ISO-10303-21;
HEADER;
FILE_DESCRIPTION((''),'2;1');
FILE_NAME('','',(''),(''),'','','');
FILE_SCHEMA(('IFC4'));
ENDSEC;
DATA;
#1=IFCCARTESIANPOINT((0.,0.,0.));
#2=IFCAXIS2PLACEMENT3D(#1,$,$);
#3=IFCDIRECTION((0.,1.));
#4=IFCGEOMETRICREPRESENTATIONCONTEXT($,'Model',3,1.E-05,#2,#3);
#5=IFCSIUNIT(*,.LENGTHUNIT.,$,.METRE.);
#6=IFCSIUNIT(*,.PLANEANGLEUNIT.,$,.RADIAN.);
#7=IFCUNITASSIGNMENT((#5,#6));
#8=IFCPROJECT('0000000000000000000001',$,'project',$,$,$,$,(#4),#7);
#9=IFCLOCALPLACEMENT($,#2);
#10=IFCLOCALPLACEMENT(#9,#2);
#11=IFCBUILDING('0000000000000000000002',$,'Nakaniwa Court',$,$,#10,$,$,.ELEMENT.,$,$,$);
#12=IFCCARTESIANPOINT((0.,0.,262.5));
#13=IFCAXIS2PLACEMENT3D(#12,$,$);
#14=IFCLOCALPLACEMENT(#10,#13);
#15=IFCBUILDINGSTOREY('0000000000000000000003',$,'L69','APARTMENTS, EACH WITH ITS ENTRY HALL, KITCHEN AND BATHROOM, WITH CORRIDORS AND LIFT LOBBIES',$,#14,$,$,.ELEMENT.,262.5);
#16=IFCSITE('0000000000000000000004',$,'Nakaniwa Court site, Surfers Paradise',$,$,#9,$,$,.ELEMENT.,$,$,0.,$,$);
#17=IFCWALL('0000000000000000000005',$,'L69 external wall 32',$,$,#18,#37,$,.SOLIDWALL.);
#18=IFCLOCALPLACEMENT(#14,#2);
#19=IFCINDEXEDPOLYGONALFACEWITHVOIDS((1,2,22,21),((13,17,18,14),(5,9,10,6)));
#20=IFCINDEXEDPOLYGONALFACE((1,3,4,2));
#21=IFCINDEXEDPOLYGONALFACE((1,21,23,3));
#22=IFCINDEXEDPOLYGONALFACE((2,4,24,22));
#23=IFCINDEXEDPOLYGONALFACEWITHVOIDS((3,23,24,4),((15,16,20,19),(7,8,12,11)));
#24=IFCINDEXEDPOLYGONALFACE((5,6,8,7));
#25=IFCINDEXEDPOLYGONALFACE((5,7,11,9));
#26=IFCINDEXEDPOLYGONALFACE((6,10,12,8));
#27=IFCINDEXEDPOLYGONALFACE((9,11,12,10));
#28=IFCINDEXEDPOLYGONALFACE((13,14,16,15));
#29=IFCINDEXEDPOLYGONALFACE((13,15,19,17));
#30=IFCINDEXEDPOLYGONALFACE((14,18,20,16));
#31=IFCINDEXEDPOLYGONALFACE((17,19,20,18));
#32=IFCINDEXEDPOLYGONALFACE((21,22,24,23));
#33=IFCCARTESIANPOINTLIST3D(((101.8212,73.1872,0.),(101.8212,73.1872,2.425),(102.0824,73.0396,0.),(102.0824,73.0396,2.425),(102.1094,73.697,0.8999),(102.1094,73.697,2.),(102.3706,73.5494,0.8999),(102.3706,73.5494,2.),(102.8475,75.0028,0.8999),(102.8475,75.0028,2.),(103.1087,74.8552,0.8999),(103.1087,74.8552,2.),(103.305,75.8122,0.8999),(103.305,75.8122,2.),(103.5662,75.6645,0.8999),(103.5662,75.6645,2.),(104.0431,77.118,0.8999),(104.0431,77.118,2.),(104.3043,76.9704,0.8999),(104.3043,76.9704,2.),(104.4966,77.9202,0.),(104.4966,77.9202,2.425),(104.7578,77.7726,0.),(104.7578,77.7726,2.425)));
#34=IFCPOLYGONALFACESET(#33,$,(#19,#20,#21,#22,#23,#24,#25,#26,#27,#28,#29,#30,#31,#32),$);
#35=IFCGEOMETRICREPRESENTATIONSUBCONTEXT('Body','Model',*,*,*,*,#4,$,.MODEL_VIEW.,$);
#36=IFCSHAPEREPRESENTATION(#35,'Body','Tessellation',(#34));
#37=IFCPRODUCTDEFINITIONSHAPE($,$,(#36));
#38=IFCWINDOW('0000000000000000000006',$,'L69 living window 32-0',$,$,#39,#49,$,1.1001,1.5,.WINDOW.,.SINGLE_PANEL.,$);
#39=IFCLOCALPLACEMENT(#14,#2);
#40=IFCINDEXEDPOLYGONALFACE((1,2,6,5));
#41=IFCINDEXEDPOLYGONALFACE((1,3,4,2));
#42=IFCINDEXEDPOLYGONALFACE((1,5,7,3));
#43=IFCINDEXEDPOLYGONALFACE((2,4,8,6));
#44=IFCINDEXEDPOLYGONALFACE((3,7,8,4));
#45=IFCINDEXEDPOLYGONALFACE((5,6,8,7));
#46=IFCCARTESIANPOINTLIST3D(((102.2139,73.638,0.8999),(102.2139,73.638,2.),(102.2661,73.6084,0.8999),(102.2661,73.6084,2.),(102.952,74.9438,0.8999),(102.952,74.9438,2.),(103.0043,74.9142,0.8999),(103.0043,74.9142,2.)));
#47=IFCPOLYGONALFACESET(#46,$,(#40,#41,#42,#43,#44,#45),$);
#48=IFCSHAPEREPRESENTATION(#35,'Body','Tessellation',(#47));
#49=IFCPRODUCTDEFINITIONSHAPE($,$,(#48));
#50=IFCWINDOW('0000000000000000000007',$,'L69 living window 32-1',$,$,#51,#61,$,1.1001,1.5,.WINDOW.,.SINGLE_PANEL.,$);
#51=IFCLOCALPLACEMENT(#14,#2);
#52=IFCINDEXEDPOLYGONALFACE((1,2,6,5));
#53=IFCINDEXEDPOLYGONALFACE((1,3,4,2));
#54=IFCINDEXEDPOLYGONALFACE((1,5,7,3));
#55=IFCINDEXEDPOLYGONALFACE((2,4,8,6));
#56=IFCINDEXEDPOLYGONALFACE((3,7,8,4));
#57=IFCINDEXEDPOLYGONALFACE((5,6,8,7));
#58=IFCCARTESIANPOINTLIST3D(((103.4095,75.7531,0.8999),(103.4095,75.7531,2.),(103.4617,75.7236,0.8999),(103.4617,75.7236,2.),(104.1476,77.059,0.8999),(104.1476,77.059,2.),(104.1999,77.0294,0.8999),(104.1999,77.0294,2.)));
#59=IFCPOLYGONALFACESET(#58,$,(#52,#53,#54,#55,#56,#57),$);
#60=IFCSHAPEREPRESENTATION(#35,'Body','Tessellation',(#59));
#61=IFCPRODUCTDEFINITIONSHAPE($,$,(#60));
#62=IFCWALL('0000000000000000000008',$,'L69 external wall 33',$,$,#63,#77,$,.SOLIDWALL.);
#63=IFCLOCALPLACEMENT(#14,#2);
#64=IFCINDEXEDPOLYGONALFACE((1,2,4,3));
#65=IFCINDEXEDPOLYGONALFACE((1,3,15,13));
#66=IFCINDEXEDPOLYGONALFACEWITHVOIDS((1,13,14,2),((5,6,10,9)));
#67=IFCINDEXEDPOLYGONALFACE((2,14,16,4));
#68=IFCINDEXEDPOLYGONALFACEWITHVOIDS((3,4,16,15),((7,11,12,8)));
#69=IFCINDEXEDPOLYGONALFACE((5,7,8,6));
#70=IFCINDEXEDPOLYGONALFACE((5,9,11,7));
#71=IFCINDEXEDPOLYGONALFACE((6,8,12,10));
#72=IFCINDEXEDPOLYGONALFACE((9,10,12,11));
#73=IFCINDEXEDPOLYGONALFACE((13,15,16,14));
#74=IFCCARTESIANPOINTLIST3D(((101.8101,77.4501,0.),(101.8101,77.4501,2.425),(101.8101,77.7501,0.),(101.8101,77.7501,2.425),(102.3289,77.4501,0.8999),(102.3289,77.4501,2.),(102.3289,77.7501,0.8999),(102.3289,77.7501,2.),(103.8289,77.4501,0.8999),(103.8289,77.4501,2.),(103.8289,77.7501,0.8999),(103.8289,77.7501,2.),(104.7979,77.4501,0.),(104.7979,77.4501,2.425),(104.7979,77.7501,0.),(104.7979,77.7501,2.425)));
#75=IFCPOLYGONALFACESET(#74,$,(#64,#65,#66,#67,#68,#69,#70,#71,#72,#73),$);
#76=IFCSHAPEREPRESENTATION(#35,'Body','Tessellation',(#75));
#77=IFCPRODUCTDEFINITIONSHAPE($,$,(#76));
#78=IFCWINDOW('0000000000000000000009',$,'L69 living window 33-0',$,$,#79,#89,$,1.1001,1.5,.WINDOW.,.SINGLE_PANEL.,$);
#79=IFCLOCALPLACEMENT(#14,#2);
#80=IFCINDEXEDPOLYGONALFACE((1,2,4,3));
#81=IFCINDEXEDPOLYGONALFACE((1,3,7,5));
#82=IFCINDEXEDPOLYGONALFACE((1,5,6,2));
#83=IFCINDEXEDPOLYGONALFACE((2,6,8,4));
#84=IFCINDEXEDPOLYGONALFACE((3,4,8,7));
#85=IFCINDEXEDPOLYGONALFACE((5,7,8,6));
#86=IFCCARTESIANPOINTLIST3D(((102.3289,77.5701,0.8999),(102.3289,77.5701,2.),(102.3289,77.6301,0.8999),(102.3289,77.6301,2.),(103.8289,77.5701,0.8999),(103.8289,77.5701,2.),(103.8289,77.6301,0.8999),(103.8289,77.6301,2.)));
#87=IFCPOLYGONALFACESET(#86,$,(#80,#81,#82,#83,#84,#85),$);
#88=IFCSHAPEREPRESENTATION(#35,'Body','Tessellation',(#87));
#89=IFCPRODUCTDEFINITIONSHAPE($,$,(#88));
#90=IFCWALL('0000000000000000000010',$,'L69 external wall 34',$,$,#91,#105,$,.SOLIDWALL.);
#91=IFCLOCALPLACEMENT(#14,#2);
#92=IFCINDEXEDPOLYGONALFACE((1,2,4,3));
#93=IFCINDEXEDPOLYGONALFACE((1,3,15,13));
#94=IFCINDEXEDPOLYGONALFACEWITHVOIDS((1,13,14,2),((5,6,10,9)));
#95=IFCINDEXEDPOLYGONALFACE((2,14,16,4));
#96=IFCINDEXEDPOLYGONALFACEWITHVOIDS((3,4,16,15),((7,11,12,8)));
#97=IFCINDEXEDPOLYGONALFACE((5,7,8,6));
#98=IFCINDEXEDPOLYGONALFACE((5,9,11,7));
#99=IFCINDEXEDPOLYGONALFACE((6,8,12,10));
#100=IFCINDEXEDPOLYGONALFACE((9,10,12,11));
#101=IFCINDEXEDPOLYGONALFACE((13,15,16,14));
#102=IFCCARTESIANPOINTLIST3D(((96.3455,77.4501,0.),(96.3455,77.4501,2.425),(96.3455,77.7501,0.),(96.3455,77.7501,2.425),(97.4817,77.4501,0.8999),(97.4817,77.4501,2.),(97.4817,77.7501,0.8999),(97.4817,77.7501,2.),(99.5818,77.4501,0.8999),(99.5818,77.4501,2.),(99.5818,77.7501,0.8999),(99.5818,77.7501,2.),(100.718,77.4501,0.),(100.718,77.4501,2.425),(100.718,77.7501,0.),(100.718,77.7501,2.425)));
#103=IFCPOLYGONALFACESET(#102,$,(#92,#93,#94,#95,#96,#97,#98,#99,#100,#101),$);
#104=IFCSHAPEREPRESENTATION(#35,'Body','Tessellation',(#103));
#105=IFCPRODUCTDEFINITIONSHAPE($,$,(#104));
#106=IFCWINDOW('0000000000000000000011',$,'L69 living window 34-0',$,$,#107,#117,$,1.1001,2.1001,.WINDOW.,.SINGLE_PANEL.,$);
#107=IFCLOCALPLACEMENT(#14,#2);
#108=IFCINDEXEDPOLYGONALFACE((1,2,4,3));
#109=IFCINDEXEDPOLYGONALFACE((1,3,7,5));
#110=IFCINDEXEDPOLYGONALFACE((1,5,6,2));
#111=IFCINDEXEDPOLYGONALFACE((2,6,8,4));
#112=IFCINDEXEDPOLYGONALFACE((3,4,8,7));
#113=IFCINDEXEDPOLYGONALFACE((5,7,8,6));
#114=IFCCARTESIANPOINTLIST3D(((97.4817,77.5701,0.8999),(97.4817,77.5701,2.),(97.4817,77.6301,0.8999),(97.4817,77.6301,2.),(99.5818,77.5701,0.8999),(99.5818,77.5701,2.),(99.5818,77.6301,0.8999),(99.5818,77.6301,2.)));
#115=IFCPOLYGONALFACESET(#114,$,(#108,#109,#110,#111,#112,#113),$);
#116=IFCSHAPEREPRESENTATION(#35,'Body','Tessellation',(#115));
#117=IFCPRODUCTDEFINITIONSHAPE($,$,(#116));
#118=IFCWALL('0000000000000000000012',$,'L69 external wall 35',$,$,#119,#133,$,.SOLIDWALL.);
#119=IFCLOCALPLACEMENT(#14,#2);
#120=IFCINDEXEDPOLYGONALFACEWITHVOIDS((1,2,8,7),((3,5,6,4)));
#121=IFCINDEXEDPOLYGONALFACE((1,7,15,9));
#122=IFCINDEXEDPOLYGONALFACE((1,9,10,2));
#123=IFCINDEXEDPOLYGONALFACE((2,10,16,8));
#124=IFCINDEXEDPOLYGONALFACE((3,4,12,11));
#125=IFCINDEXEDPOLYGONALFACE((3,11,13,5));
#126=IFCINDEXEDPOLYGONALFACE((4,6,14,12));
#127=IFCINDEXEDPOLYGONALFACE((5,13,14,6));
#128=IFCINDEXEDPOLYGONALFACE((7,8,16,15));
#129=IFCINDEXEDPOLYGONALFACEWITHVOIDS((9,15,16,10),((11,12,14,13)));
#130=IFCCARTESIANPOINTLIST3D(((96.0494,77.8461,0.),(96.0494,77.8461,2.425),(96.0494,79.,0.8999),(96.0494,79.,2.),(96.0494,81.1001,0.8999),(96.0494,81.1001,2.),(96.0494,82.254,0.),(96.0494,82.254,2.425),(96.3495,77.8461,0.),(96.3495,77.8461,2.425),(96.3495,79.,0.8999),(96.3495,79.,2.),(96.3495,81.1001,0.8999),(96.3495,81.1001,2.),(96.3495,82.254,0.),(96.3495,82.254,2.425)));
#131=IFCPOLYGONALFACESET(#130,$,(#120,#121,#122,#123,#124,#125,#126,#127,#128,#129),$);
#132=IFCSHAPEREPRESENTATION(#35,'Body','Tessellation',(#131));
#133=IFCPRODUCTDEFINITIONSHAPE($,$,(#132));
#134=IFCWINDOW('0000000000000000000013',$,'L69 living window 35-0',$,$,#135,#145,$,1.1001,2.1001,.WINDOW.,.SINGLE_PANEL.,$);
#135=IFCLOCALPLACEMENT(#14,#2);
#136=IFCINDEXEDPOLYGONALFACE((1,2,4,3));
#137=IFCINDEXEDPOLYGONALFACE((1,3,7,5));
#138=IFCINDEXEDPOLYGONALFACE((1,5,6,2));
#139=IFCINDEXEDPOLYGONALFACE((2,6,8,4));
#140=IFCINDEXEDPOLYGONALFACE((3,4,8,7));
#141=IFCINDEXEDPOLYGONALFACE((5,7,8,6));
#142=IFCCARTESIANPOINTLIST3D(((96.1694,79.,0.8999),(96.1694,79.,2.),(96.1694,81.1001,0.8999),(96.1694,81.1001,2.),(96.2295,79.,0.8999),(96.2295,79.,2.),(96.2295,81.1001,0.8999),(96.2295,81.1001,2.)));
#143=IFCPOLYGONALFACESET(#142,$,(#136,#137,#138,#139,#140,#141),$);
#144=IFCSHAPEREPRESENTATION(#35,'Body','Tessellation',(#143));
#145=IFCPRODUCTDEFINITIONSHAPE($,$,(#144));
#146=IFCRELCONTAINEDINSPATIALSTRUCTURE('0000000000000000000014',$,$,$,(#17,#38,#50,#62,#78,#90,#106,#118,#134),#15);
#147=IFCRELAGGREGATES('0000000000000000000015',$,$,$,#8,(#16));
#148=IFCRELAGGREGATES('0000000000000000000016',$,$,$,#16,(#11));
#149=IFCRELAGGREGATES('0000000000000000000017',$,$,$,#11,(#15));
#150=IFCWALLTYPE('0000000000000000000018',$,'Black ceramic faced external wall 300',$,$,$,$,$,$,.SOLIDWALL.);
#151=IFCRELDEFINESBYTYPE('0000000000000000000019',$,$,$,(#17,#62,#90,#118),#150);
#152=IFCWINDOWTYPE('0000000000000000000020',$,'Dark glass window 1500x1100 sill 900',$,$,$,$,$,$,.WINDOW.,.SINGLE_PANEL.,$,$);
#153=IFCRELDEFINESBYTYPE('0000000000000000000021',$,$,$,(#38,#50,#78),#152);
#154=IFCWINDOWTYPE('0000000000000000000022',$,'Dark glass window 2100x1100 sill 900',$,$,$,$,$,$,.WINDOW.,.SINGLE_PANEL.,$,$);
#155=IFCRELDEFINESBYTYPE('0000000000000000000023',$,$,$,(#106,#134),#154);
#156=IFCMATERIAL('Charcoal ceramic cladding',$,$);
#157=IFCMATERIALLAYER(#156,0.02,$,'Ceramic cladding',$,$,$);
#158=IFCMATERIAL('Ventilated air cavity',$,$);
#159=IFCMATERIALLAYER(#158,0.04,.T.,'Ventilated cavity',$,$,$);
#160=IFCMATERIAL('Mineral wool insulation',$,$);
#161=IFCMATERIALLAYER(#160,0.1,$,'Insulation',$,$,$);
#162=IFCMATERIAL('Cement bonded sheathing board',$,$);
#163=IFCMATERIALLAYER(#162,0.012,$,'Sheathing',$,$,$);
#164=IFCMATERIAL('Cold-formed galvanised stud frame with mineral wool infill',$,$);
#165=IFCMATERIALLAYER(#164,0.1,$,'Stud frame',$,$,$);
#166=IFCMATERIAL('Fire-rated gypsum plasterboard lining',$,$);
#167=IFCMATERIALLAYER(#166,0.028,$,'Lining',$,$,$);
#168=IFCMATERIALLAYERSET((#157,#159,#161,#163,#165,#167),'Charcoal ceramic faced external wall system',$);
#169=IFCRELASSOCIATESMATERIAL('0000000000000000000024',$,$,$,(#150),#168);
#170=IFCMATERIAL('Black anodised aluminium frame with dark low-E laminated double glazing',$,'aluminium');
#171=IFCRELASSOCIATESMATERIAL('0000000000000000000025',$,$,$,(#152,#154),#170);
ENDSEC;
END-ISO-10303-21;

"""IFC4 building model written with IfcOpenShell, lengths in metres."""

from ifc_helpers import new_model, si_unit, direction, frame, frame_2d, origin, place, context, subcontext, project, spatial, rectangle, extrude, material, layer, layer_set, type_object, element, fill, save


model = new_model("IFC4")

# Units and contexts
model_context = context("Model", 3, precision=1e-05, world=origin(), true_north=direction((0.0, 1.0)))
body_context = subcontext(model_context, "Body", "Model", "MODEL_VIEW")
ifc_project = project(units=[si_unit("LENGTHUNIT", "METRE"), si_unit("PLANEANGLEUNIT", "RADIAN")], contexts=[model_context])

# Site, building, storey
site_placement = place(None, origin())
site = spatial("IfcSite", under=ifc_project, at=site_placement, Name="Nakaniwa Court site, Surfers Paradise", CompositionType="ELEMENT", RefElevation=0.0)
building_placement = place(site_placement, origin())
building = spatial("IfcBuilding", under=site, at=building_placement, Name="Nakaniwa Court", CompositionType="ELEMENT")
storey_placement = place(building_placement, frame((0.0, 0.0, 262.5)))
storey = spatial("IfcBuildingStorey", under=building, at=storey_placement, Name="L69", Description="APARTMENTS, EACH WITH ITS ENTRY HALL, KITCHEN AND BATHROOM, WITH CORRIDORS AND LIFT LOBBIES", CompositionType="ELEMENT", Elevation=262.5)

# Shared definitions
ifc_material_1 = material(Name="Charcoal ceramic cladding")
ifc_layer_1 = layer(ifc_material_1, 0.02, Name="Ceramic cladding")
ifc_material_2 = material(Name="Ventilated air cavity")
ifc_layer_2 = layer(ifc_material_2, 0.04, ventilated=True, Name="Ventilated cavity")
ifc_material_3 = material(Name="Mineral wool insulation")
ifc_layer_3 = layer(ifc_material_3, 0.1, Name="Insulation")
ifc_material_4 = material(Name="Cement bonded sheathing board")
ifc_layer_4 = layer(ifc_material_4, 0.012, Name="Sheathing")
ifc_material_5 = material(Name="Cold-formed galvanised stud frame with mineral wool infill")
ifc_layer_5 = layer(ifc_material_5, 0.1, Name="Stud frame")
ifc_material_6 = material(Name="Fire-rated gypsum plasterboard lining")
ifc_layer_6 = layer(ifc_material_6, 0.028, Name="Lining")
ifc_layer_set_1 = layer_set([ifc_layer_1, ifc_layer_2, ifc_layer_3, ifc_layer_4, ifc_layer_5, ifc_layer_6], Name="Charcoal ceramic faced external wall system")
wall_type_1 = type_object("IfcWallType", Name="Black ceramic faced external wall 300", PredefinedType="SOLIDWALL", material=ifc_layer_set_1)

# Wall, openings, windows
wall_1_placement = place(storey_placement, frame((101.9519, 73.1135, 0.0), z_axis=(0.0, 0.0, 1.0), x_axis=(0.492081, 0.870549, 0.0)))
wall_1 = element("IfcWall", 1, at=wall_1_placement, inside=storey, type_object=wall_type_1, Name="L69 external wall 32", PredefinedType="SOLIDWALL", context=body_context, shape_type="SweptSolid", body=[
    extrude(rectangle(XDim=5.4368, YDim=0.3, at=frame_2d((2.7183, 0.0))), origin(), (0.0, 0.0, 1.0), 2.425),
])
opening_1_placement = place(wall_1_placement, frame((0.5854, 0.0, 0.8999)))
opening_1 = element("IfcOpeningElement", 2, at=opening_1_placement, cuts=wall_1, PredefinedType="OPENING", context=body_context, shape_type="SweptSolid", body=[
    extrude(rectangle(XDim=1.5, YDim=1.1001, at=frame_2d((0.75, 0.55))), frame((0.0, 0.1599, 0.0), z_axis=(0.0, -1.0, 0.0), x_axis=(1.0, 0.0, 0.0)), (0.0, 0.0, 1.0), 0.3201),
])
opening_2_placement = place(wall_1_placement, frame((3.0151, 0.0, 0.8999)))
opening_2 = element("IfcOpeningElement", 3, at=opening_2_placement, cuts=wall_1, PredefinedType="OPENING", context=body_context, shape_type="SweptSolid", body=[
    extrude(rectangle(XDim=1.5, YDim=1.1001, at=frame_2d((0.75, 0.55))), frame((0.0, 0.1599, 0.0), z_axis=(0.0, -1.0, 0.0), x_axis=(1.0, 0.0, 0.0)), (0.0, 0.0, 1.0), 0.3201),
])
ifc_material_7 = material(Name="Black anodised aluminium frame with dark low-E laminated double glazing", Category="aluminium")
window_type_1 = type_object("IfcWindowType", Name="Dark glass window 1500x1100 sill 900", PartitioningType="SINGLE_PANEL", PredefinedType="WINDOW", material=ifc_material_7)
window_1_placement = place(opening_1_placement, origin())
window_1 = element("IfcWindow", 4, at=window_1_placement, inside=storey, type_object=window_type_1, Name="L69 living window 32-0", OverallHeight=1.1001, OverallWidth=1.5, PartitioningType="SINGLE_PANEL", PredefinedType="WINDOW", context=body_context, shape_type="SweptSolid", body=[
    extrude(rectangle(XDim=1.5, YDim=1.1001, at=frame_2d((0.75, 0.55))), frame((0.0, 0.03, 0.0), z_axis=(0.0, -1.0, 0.0), x_axis=(1.0, 0.0, 0.0)), (0.0, 0.0, 1.0), 0.0601),
])
fill(opening_1, window_1)
window_2_placement = place(opening_2_placement, origin())
window_2 = element("IfcWindow", 5, at=window_2_placement, inside=storey, type_object=window_type_1, Name="L69 living window 32-1", OverallHeight=1.1001, OverallWidth=1.5, PartitioningType="SINGLE_PANEL", PredefinedType="WINDOW", context=body_context, shape_type="SweptSolid", body=[
    extrude(rectangle(XDim=1.5, YDim=1.1001, at=frame_2d((0.75, 0.55))), frame((0.0, 0.03, 0.0), z_axis=(0.0, -1.0, 0.0), x_axis=(1.0, 0.0, 0.0)), (0.0, 0.0, 1.0), 0.0601),
])
fill(opening_2, window_2)

# Walls, openings, windows
wall_2_placement = place(storey_placement, frame((104.7979, 77.6001, 0.0), z_axis=(0.0, 0.0, 1.0), x_axis=(-1.0, 0.0, 0.0)))
wall_2 = element("IfcWall", 6, at=wall_2_placement, inside=storey, type_object=wall_type_1, Name="L69 external wall 33", PredefinedType="SOLIDWALL", context=body_context, shape_type="SweptSolid", body=[
    extrude(rectangle(XDim=2.9878, YDim=0.3, at=frame_2d((1.4939, 0.0))), origin(), (0.0, 0.0, 1.0), 2.425),
])
opening_3_placement = place(wall_2_placement, frame((0.969, 0.0, 0.8999)))
opening_3 = element("IfcOpeningElement", 7, at=opening_3_placement, cuts=wall_2, PredefinedType="OPENING", context=body_context, shape_type="SweptSolid", body=[
    extrude(rectangle(XDim=1.5, YDim=1.1001, at=frame_2d((0.75, 0.55))), frame((0.0, 0.1599, 0.0), z_axis=(0.0, -1.0, 0.0), x_axis=(1.0, 0.0, 0.0)), (0.0, 0.0, 1.0), 0.3201),
])
window_3_placement = place(opening_3_placement, origin())
window_3 = element("IfcWindow", 8, at=window_3_placement, inside=storey, type_object=window_type_1, Name="L69 living window 33-0", OverallHeight=1.1001, OverallWidth=1.5, PartitioningType="SINGLE_PANEL", PredefinedType="WINDOW", context=body_context, shape_type="SweptSolid", body=[
    extrude(rectangle(XDim=1.5, YDim=1.1001, at=frame_2d((0.75, 0.55))), frame((0.0, 0.03, 0.0), z_axis=(0.0, -1.0, 0.0), x_axis=(1.0, 0.0, 0.0)), (0.0, 0.0, 1.0), 0.0601),
])
fill(opening_3, window_3)
wall_3_placement = place(storey_placement, frame((100.718, 77.6001, 0.0), z_axis=(0.0, 0.0, 1.0), x_axis=(-1.0, 0.0, 0.0)))
wall_3 = element("IfcWall", 9, at=wall_3_placement, inside=storey, type_object=wall_type_1, Name="L69 external wall 34", PredefinedType="SOLIDWALL", context=body_context, shape_type="SweptSolid", body=[
    extrude(rectangle(XDim=4.3726, YDim=0.3, at=frame_2d((2.1863, 0.0))), origin(), (0.0, 0.0, 1.0), 2.425),
])
opening_4_placement = place(wall_3_placement, frame((1.1362, 0.0, 0.8999)))
opening_4 = element("IfcOpeningElement", 10, at=opening_4_placement, cuts=wall_3, PredefinedType="OPENING", context=body_context, shape_type="SweptSolid", body=[
    extrude(rectangle(XDim=2.1001, YDim=1.1001, at=frame_2d((1.05, 0.55))), frame((0.0, 0.1599, 0.0), z_axis=(0.0, -1.0, 0.0), x_axis=(1.0, 0.0, 0.0)), (0.0, 0.0, 1.0), 0.3201),
])
window_type_2 = type_object("IfcWindowType", Name="Dark glass window 2100x1100 sill 900", PartitioningType="SINGLE_PANEL", PredefinedType="WINDOW", material=ifc_material_7)
window_4_placement = place(opening_4_placement, origin())
window_4 = element("IfcWindow", 11, at=window_4_placement, inside=storey, type_object=window_type_2, Name="L69 living window 34-0", OverallHeight=1.1001, OverallWidth=2.1001, PartitioningType="SINGLE_PANEL", PredefinedType="WINDOW", context=body_context, shape_type="SweptSolid", body=[
    extrude(rectangle(XDim=2.1001, YDim=1.1001, at=frame_2d((1.05, 0.55))), frame((0.0, 0.03, 0.0), z_axis=(0.0, -1.0, 0.0), x_axis=(1.0, 0.0, 0.0)), (0.0, 0.0, 1.0), 0.0601),
])
fill(opening_4, window_4)
wall_4_placement = place(storey_placement, frame((96.1995, 77.8459, 0.0), z_axis=(0.0, 0.0, 1.0), x_axis=(0.0, 1.0, 0.0)))
wall_4 = element("IfcWall", 12, at=wall_4_placement, inside=storey, type_object=wall_type_1, Name="L69 external wall 35", PredefinedType="SOLIDWALL", context=body_context, shape_type="SweptSolid", body=[
    extrude(rectangle(XDim=4.408, YDim=0.3, at=frame_2d((2.2041, 0.0))), origin(), (0.0, 0.0, 1.0), 2.425),
])
opening_5_placement = place(wall_4_placement, frame((1.1541, 0.0, 0.8999)))
opening_5 = element("IfcOpeningElement", 13, at=opening_5_placement, cuts=wall_4, PredefinedType="OPENING", context=body_context, shape_type="SweptSolid", body=[
    extrude(rectangle(XDim=2.1001, YDim=1.1001, at=frame_2d((1.05, 0.55))), frame((0.0, 0.1599, 0.0), z_axis=(0.0, -1.0, 0.0), x_axis=(1.0, 0.0, 0.0)), (0.0, 0.0, 1.0), 0.3201),
])
window_5_placement = place(opening_5_placement, origin())
window_5 = element("IfcWindow", 14, at=window_5_placement, inside=storey, type_object=window_type_2, Name="L69 living window 35-0", OverallHeight=1.1001, OverallWidth=2.1001, PartitioningType="SINGLE_PANEL", PredefinedType="WINDOW", context=body_context, shape_type="SweptSolid", body=[
    extrude(rectangle(XDim=2.1001, YDim=1.1001, at=frame_2d((1.05, 0.55))), frame((0.0, 0.03, 0.0), z_axis=(0.0, -1.0, 0.0), x_axis=(1.0, 0.0, 0.0)), (0.0, 0.0, 1.0), 0.0601),
])
fill(opening_5, window_5)

save(model, "model.ifc")
